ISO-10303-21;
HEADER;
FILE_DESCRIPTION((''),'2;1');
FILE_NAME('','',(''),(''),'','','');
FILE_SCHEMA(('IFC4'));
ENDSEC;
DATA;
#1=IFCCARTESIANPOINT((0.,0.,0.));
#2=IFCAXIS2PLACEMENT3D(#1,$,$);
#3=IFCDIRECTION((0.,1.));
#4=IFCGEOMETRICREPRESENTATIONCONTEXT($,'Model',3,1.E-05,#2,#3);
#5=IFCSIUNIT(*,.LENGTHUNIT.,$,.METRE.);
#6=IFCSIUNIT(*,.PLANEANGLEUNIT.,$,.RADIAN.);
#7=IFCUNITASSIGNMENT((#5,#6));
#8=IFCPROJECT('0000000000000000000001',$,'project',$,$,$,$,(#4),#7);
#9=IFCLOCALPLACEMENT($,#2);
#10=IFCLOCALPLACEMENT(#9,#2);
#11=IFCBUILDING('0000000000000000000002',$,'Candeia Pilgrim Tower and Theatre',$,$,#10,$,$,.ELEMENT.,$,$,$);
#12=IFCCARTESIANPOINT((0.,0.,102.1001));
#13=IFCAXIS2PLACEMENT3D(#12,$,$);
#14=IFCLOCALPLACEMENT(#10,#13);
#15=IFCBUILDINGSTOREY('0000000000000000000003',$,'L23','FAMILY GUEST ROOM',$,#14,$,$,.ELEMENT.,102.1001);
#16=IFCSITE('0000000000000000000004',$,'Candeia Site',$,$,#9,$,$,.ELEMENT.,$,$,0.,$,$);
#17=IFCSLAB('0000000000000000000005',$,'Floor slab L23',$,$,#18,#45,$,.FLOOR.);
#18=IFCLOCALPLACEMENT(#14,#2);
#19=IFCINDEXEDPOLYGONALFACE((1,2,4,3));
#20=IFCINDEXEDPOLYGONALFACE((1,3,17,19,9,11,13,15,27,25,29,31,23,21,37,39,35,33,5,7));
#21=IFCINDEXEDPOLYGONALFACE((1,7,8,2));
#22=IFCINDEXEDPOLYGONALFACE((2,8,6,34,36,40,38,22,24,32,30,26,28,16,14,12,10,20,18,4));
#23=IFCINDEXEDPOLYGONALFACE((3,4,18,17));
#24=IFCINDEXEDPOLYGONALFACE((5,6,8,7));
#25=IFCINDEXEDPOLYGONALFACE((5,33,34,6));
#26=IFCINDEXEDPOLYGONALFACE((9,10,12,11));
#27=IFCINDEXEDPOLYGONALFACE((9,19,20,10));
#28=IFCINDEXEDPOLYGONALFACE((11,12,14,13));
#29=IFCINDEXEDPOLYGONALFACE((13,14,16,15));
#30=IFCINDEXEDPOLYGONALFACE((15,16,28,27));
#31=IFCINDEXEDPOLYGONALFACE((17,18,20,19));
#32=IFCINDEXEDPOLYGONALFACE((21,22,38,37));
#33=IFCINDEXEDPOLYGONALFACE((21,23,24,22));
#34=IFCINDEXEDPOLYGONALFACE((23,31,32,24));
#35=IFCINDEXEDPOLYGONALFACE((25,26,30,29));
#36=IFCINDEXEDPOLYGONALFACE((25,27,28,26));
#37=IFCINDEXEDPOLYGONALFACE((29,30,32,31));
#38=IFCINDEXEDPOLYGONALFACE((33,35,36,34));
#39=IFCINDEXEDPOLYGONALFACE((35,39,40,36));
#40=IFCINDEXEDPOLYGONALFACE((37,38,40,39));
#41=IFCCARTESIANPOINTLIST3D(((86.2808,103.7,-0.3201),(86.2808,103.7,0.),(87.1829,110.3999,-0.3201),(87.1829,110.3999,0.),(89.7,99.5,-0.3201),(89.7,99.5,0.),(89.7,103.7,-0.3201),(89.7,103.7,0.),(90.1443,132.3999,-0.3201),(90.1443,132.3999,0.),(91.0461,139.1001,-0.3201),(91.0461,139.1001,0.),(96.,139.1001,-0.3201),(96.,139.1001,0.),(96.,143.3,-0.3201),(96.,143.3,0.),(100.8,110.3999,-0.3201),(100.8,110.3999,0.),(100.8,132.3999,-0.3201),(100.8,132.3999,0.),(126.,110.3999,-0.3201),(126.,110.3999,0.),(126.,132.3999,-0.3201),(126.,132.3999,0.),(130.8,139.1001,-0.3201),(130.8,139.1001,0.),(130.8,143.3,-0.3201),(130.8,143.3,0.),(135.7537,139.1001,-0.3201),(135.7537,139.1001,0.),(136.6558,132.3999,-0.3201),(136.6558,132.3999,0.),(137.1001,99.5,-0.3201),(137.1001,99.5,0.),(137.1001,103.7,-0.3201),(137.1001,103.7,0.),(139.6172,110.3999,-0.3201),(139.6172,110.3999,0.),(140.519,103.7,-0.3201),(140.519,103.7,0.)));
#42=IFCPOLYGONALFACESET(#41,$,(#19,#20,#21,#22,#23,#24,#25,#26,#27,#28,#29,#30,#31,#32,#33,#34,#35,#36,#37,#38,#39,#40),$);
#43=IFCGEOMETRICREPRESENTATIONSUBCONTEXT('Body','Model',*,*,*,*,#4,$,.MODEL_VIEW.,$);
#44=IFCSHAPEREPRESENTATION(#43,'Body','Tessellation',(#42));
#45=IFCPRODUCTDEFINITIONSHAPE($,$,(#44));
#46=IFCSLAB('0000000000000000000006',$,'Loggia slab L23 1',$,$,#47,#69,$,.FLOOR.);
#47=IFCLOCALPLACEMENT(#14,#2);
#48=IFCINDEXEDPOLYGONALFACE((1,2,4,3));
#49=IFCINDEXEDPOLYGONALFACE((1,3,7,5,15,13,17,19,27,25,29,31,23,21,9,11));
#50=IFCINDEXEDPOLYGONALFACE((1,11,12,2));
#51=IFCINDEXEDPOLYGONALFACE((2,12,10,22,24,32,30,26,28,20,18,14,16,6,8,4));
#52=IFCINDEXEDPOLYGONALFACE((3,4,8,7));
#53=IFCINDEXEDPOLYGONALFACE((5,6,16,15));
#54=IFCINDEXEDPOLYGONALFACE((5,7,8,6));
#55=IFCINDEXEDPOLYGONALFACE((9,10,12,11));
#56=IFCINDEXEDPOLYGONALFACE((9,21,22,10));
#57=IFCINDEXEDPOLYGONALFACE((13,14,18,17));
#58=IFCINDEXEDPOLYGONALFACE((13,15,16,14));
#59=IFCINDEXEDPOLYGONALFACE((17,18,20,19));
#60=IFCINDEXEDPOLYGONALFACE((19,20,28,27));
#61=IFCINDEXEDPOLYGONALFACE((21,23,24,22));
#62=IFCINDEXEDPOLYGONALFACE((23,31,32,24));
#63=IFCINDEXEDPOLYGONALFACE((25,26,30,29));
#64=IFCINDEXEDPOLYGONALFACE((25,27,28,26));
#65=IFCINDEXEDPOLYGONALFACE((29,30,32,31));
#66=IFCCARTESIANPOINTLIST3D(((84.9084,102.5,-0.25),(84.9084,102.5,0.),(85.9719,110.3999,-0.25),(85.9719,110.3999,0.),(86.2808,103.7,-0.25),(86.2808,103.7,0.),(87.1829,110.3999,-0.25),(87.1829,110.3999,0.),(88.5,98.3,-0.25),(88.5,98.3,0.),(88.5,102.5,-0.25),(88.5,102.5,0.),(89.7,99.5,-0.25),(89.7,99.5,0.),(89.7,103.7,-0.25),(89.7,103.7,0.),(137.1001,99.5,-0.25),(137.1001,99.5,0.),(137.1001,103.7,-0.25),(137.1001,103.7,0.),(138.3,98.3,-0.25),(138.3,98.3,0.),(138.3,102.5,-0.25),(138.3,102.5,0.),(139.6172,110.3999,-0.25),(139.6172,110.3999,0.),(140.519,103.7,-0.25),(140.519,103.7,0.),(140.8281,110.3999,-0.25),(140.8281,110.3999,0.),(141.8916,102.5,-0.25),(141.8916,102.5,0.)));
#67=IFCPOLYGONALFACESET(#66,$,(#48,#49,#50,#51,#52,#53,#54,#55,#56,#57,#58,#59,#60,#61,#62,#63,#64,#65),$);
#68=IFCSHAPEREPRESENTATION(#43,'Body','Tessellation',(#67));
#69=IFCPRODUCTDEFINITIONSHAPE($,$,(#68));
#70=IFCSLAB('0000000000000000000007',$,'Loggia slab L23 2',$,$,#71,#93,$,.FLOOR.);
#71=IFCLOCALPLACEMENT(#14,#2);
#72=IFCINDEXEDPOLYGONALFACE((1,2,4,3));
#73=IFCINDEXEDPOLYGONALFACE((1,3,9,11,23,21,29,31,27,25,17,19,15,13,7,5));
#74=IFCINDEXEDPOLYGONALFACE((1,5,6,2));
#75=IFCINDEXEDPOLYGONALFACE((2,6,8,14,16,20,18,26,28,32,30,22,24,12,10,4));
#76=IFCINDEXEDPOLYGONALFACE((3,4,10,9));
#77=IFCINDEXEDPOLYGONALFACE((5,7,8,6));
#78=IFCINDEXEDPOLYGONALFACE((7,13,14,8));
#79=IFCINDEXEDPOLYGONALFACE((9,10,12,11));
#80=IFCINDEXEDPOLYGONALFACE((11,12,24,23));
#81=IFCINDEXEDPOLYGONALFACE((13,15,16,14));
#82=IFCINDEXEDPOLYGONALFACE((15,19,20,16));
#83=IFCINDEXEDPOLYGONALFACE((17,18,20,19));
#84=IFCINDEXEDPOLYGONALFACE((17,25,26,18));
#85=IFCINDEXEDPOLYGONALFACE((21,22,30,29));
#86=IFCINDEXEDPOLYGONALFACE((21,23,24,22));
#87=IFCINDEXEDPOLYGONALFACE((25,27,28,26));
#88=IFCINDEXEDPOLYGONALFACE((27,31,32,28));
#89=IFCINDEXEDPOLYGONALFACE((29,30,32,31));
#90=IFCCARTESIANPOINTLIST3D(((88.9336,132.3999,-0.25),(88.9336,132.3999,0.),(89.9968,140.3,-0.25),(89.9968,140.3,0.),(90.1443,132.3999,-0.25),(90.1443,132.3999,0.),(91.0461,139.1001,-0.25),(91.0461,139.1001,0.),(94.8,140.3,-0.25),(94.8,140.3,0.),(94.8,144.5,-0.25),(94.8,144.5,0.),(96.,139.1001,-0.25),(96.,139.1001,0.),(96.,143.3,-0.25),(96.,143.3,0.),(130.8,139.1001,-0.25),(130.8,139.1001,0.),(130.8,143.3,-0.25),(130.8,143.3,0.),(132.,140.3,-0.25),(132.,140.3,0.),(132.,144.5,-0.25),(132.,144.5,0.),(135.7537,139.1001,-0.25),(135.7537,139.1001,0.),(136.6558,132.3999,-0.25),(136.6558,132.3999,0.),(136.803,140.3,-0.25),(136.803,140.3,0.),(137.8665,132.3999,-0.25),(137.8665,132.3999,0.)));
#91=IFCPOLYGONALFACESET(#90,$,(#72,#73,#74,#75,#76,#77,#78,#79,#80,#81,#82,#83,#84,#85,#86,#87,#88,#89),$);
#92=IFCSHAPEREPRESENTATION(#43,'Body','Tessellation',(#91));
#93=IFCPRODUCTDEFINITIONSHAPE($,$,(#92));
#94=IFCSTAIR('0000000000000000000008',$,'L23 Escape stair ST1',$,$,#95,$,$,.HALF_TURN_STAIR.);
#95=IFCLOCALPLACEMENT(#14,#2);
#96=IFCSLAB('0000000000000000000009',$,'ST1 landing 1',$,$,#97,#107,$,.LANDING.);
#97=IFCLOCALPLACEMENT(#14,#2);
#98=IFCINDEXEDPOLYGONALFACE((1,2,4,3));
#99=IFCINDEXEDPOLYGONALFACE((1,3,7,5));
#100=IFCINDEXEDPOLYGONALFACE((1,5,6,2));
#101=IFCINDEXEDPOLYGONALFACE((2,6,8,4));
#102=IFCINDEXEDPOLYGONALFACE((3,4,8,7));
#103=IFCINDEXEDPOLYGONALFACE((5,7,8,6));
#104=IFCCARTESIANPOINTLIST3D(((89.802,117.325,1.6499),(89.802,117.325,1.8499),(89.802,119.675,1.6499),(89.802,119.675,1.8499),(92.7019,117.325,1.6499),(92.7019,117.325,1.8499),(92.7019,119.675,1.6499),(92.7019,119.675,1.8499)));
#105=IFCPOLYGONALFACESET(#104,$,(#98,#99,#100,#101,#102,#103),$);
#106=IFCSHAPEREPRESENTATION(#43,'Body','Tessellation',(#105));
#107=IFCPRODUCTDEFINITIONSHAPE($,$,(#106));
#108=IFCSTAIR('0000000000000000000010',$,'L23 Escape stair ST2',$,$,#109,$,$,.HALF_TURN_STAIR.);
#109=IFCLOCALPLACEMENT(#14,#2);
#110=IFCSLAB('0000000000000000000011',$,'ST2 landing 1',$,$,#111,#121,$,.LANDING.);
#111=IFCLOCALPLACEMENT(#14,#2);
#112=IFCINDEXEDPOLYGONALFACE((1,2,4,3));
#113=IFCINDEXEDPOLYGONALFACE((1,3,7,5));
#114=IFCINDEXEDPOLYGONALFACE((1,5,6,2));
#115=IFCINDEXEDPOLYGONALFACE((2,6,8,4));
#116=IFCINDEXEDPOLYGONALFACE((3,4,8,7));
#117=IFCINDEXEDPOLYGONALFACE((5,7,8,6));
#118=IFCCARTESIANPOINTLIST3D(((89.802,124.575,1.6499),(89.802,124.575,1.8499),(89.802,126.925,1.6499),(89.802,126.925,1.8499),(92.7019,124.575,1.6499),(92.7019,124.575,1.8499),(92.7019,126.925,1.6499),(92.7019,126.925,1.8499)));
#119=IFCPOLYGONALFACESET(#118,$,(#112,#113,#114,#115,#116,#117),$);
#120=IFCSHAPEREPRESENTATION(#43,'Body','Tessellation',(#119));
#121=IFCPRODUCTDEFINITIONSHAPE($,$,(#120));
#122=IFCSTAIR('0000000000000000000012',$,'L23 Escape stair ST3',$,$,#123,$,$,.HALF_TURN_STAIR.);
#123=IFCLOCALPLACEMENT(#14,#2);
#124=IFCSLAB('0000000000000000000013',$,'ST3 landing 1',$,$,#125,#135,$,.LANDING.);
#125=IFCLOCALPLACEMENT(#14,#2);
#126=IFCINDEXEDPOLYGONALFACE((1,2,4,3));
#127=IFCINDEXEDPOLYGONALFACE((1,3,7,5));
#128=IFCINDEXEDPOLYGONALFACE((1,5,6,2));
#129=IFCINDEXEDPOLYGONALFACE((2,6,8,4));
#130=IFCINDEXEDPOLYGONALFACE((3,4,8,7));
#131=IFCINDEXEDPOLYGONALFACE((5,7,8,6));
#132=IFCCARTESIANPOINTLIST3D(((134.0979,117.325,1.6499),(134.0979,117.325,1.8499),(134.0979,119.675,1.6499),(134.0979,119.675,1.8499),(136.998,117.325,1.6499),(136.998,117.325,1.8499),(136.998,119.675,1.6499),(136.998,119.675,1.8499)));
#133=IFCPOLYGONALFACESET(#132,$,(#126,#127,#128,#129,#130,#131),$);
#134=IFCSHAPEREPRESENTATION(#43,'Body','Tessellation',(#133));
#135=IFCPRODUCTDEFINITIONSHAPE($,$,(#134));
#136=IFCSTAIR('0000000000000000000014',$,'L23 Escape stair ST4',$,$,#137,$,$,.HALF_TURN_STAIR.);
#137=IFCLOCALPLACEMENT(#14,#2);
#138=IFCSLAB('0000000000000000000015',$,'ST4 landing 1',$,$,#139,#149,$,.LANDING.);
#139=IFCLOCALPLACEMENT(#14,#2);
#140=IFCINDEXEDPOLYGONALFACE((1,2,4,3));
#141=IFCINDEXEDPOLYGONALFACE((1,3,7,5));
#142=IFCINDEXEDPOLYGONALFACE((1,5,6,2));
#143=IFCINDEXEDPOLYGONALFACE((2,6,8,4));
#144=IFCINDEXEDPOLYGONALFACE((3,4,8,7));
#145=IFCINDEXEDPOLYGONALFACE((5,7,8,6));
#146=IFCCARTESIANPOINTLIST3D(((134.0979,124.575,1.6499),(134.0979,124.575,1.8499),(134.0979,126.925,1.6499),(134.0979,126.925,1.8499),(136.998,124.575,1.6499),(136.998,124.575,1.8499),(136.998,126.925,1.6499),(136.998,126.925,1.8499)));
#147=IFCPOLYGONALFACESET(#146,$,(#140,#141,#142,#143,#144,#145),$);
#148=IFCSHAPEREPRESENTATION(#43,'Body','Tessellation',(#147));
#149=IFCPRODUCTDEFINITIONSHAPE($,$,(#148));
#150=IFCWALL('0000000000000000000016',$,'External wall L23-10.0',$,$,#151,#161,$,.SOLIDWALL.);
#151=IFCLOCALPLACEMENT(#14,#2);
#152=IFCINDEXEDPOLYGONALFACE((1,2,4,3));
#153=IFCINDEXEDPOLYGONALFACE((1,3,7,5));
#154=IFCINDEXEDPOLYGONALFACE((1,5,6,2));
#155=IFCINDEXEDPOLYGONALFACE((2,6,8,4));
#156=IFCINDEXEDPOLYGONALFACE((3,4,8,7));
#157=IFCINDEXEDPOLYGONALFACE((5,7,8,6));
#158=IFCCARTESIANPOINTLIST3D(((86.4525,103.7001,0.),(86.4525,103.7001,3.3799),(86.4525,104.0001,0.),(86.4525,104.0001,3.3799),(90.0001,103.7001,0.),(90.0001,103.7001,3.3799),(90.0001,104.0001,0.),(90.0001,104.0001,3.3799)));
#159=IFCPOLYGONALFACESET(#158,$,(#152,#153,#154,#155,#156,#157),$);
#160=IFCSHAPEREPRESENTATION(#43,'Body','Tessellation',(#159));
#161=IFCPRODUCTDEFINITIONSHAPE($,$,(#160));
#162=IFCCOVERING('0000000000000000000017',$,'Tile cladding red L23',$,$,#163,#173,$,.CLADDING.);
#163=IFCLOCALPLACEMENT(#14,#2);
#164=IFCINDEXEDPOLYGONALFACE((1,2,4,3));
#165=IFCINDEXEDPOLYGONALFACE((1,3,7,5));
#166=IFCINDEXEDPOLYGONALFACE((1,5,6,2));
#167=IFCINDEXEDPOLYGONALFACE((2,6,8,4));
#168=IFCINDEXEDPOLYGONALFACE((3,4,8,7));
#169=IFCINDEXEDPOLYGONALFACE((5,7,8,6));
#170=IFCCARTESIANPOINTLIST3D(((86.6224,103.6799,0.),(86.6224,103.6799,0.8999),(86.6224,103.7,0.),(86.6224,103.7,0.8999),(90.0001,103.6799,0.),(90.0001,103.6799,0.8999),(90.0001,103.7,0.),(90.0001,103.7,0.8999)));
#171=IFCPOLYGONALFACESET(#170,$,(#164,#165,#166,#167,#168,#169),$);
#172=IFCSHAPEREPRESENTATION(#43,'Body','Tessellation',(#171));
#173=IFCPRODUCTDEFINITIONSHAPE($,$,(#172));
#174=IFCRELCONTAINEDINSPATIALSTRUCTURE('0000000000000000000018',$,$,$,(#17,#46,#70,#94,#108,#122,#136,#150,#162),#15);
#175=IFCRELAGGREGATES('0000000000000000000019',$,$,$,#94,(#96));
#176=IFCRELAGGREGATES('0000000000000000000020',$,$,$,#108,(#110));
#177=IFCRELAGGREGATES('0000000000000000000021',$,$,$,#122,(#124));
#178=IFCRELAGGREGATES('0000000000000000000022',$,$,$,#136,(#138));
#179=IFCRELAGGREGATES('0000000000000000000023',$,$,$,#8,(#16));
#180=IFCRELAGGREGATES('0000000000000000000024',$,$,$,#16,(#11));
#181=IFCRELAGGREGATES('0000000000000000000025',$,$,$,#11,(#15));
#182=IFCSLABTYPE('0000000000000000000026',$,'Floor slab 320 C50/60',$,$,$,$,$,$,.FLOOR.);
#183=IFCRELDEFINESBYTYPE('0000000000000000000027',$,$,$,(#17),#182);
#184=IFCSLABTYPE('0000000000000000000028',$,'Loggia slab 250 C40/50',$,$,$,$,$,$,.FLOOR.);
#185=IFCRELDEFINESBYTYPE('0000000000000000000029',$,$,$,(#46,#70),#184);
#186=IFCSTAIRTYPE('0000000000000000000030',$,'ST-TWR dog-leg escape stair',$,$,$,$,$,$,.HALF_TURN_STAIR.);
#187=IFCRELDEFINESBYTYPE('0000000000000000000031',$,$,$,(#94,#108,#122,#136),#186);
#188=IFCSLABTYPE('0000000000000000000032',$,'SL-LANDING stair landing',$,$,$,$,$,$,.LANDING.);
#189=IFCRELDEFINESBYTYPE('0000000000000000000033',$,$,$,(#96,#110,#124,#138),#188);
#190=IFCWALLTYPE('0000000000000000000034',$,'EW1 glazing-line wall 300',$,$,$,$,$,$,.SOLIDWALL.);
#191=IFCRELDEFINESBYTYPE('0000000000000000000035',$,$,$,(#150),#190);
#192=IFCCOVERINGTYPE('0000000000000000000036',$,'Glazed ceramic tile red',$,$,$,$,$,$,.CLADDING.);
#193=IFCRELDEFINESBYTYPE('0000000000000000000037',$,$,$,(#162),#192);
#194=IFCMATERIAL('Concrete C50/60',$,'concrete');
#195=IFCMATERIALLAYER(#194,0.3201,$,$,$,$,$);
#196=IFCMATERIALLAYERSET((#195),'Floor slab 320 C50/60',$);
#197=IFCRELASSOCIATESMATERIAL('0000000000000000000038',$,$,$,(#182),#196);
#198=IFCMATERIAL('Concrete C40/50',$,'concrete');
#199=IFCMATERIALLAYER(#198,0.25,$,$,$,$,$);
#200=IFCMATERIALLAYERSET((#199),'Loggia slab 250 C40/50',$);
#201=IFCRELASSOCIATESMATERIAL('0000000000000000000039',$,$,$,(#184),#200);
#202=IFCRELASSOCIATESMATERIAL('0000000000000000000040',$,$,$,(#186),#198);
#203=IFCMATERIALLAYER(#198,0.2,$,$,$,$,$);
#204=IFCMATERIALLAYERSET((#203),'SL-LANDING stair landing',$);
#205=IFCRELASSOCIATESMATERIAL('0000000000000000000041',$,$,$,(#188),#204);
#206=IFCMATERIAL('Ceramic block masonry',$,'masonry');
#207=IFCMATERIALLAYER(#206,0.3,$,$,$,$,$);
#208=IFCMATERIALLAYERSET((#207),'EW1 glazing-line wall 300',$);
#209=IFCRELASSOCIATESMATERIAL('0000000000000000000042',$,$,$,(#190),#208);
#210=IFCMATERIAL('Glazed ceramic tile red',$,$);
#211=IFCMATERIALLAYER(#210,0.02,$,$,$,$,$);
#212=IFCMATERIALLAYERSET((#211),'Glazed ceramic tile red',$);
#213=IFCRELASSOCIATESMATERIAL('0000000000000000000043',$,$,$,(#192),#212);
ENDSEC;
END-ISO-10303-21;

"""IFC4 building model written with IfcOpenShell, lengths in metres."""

from ifc_helpers import new_model, si_unit, direction, frame, frame_2d, origin, origin_2d, place, context, subcontext, project, spatial, polyline, rectangle, outline, extrude, material, layer, layer_set, type_object, element, aggregate, save


model = new_model("IFC4")

# Units and contexts
model_context = context("Model", 3, precision=1e-05, world=origin(), true_north=direction((0.0, 1.0)))
body_context = subcontext(model_context, "Body", "Model", "MODEL_VIEW")
ifc_project = project(units=[si_unit("LENGTHUNIT", "METRE"), si_unit("PLANEANGLEUNIT", "RADIAN")], contexts=[model_context])

# Site, building, storey
site_placement = place(None, origin())
site = spatial("IfcSite", under=ifc_project, at=site_placement, Name="Candeia Site", CompositionType="ELEMENT", RefElevation=0.0)
building_placement = place(site_placement, origin())
building = spatial("IfcBuilding", under=site, at=building_placement, Name="Candeia Pilgrim Tower and Theatre", CompositionType="ELEMENT")
storey_placement = place(building_placement, frame((0.0, 0.0, 102.1001)))
storey = spatial("IfcBuildingStorey", under=building, at=storey_placement, Name="L23", Description="FAMILY GUEST ROOM", CompositionType="ELEMENT", Elevation=102.1001)

# Slabs
ifc_material_1 = material(Name="Concrete C40/50", Category="concrete")
ifc_material_2 = material(Name="Concrete C50/60", Category="concrete")
ifc_layer_1 = layer(ifc_material_2, 0.3201)
ifc_layer_set_1 = layer_set([ifc_layer_1], Name="Floor slab 320 C50/60")
slab_type_1 = type_object("IfcSlabType", Name="Floor slab 320 C50/60", PredefinedType="FLOOR", material=ifc_layer_set_1)
slab_1_placement = place(storey_placement, frame((0.0, 0.0, -0.3201)))
element("IfcSlab", 1, at=slab_1_placement, inside=storey, type_object=slab_type_1, Name="Floor slab L23", PredefinedType="FLOOR", context=body_context, shape_type="SweptSolid", body=[
    extrude(outline(polyline([(96.0, 139.1001), (96.0, 143.3), (130.8, 143.3), (130.8, 139.1001), (135.7537, 139.1001), (136.6558, 132.3999), (126.0, 132.3999), (126.0, 110.3999), (139.6172, 110.3999), (140.519, 103.7), (137.1001, 103.7), (137.1001, 99.5), (89.7, 99.5), (89.7, 103.7), (86.2808, 103.7), (87.1829, 110.3999), (100.8, 110.3999), (100.8, 132.3999), (90.1443, 132.3999), (91.0461, 139.1001), (96.0, 139.1001)])), origin(), (0.0, 0.0, 1.0), 0.3201),
])
ifc_layer_2 = layer(ifc_material_1, 0.25)
ifc_layer_set_2 = layer_set([ifc_layer_2], Name="Loggia slab 250 C40/50")
slab_type_2 = type_object("IfcSlabType", Name="Loggia slab 250 C40/50", PredefinedType="FLOOR", material=ifc_layer_set_2)
slab_2_placement = place(storey_placement, frame((0.0, 0.0, -0.25)))
element("IfcSlab", 2, at=slab_2_placement, inside=storey, type_object=slab_type_2, Name="Loggia slab L23 1", PredefinedType="FLOOR", context=body_context, shape_type="SweptSolid", body=[
    extrude(outline(polyline([(87.1829, 110.3999), (86.2808, 103.7), (89.7, 103.7), (89.7, 99.5), (137.1001, 99.5), (137.1001, 103.7), (140.519, 103.7), (139.6172, 110.3999), (140.8281, 110.3999), (141.8916, 102.5), (138.3, 102.5), (138.3, 98.3), (88.5, 98.3), (88.5, 102.5), (84.9084, 102.5), (85.9719, 110.3999), (87.1829, 110.3999)])), origin(), (0.0, 0.0, 1.0), 0.25),
])
slab_3_placement = place(storey_placement, frame((0.0, 0.0, -0.25)))
element("IfcSlab", 3, at=slab_3_placement, inside=storey, type_object=slab_type_2, Name="Loggia slab L23 2", PredefinedType="FLOOR", context=body_context, shape_type="SweptSolid", body=[
    extrude(outline(polyline([(136.6558, 132.3999), (135.7537, 139.1001), (130.8, 139.1001), (130.8, 143.3), (96.0, 143.3), (96.0, 139.1001), (91.0461, 139.1001), (90.1443, 132.3999), (88.9336, 132.3999), (89.9968, 140.3), (94.8, 140.3), (94.8, 144.5), (132.0, 144.5), (132.0, 140.3), (136.803, 140.3), (137.8665, 132.3999), (136.6558, 132.3999)])), origin(), (0.0, 0.0, 1.0), 0.25),
])

# Stairs, slabs
stair_type = type_object("IfcStairType", Name="ST-TWR dog-leg escape stair", PredefinedType="HALF_TURN_STAIR", material=ifc_material_1)
stair_1_placement = place(storey_placement, origin())
stair_1 = element("IfcStair", 4, at=stair_1_placement, inside=storey, type_object=stair_type, Name="L23 Escape stair ST1", PredefinedType="HALF_TURN_STAIR")
ifc_layer_3 = layer(ifc_material_1, 0.2)
ifc_layer_set_3 = layer_set([ifc_layer_3], Name="SL-LANDING stair landing")
slab_type_3 = type_object("IfcSlabType", Name="SL-LANDING stair landing", PredefinedType="LANDING", material=ifc_layer_set_3)
slab_4_placement = place(storey_placement, frame((0.0, 0.0, 1.6499)))
slab_4 = element("IfcSlab", 5, at=slab_4_placement, type_object=slab_type_3, Name="ST1 landing 1", PredefinedType="LANDING", context=body_context, shape_type="SweptSolid", body=[
    extrude(outline(polyline([(89.802, 119.675), (89.802, 117.325), (92.7019, 117.325), (92.7019, 119.675), (89.802, 119.675)])), origin(), (0.0, 0.0, 1.0), 0.2),
])
aggregate(stair_1, [slab_4])
stair_2_placement = place(storey_placement, origin())
stair_2 = element("IfcStair", 6, at=stair_2_placement, inside=storey, type_object=stair_type, Name="L23 Escape stair ST2", PredefinedType="HALF_TURN_STAIR")
slab_5_placement = place(storey_placement, frame((0.0, 0.0, 1.6499)))
slab_5 = element("IfcSlab", 7, at=slab_5_placement, type_object=slab_type_3, Name="ST2 landing 1", PredefinedType="LANDING", context=body_context, shape_type="SweptSolid", body=[
    extrude(outline(polyline([(89.802, 126.925), (89.802, 124.575), (92.7019, 124.575), (92.7019, 126.925), (89.802, 126.925)])), origin(), (0.0, 0.0, 1.0), 0.2),
])
aggregate(stair_2, [slab_5])
stair_3_placement = place(storey_placement, origin())
stair_3 = element("IfcStair", 8, at=stair_3_placement, inside=storey, type_object=stair_type, Name="L23 Escape stair ST3", PredefinedType="HALF_TURN_STAIR")
slab_6_placement = place(storey_placement, frame((0.0, 0.0, 1.6499)))
slab_6 = element("IfcSlab", 9, at=slab_6_placement, type_object=slab_type_3, Name="ST3 landing 1", PredefinedType="LANDING", context=body_context, shape_type="SweptSolid", body=[
    extrude(outline(polyline([(134.0979, 119.675), (134.0979, 117.325), (136.998, 117.325), (136.998, 119.675), (134.0979, 119.675)])), origin(), (0.0, 0.0, 1.0), 0.2),
])
aggregate(stair_3, [slab_6])
stair_4_placement = place(storey_placement, origin())
stair_4 = element("IfcStair", 10, at=stair_4_placement, inside=storey, type_object=stair_type, Name="L23 Escape stair ST4", PredefinedType="HALF_TURN_STAIR")
slab_7_placement = place(storey_placement, frame((0.0, 0.0, 1.6499)))
slab_7 = element("IfcSlab", 11, at=slab_7_placement, type_object=slab_type_3, Name="ST4 landing 1", PredefinedType="LANDING", context=body_context, shape_type="SweptSolid", body=[
    extrude(outline(polyline([(134.0979, 126.925), (134.0979, 124.575), (136.998, 124.575), (136.998, 126.925), (134.0979, 126.925)])), origin(), (0.0, 0.0, 1.0), 0.2),
])
aggregate(stair_4, [slab_7])

# Wall
ifc_material_3 = material(Name="Ceramic block masonry", Category="masonry")
ifc_layer_4 = layer(ifc_material_3, 0.3)
ifc_layer_set_4 = layer_set([ifc_layer_4], Name="EW1 glazing-line wall 300")
wall_type = type_object("IfcWallType", Name="EW1 glazing-line wall 300", PredefinedType="SOLIDWALL", material=ifc_layer_set_4)
wall_placement = place(storey_placement, frame((86.4524, 103.8501, 0.0), z_axis=(0.0, 0.0, 1.0), x_axis=(1.0, 0.0, 0.0)))
element("IfcWall", 12, at=wall_placement, inside=storey, type_object=wall_type, Name="External wall L23-10.0", PredefinedType="SOLIDWALL", context=body_context, shape_type="SweptSolid", body=[
    extrude(rectangle(XDim=3.5476, YDim=0.3, at=frame_2d((1.7739, 0.0))), origin(), (0.0, 0.0, 1.0), 3.3799),
])

# Covering
ifc_material_4 = material(Name="Glazed ceramic tile red")
ifc_layer_5 = layer(ifc_material_4, 0.02)
ifc_layer_set_5 = layer_set([ifc_layer_5], Name="Glazed ceramic tile red")
covering_type = type_object("IfcCoveringType", Name="Glazed ceramic tile red", PredefinedType="CLADDING", material=ifc_layer_set_5)
covering_placement = place(storey_placement, frame((88.3113, 103.6899, 0.0), z_axis=(0.0, 0.0, 1.0), x_axis=(1.0, 0.0, 0.0)))
element("IfcCovering", 13, at=covering_placement, inside=storey, type_object=covering_type, Name="Tile cladding red L23", PredefinedType="CLADDING", context=body_context, shape_type="SweptSolid", body=[
    extrude(rectangle(XDim=3.3777, YDim=0.02, at=origin_2d()), origin(), (0.0, 0.0, 1.0), 0.8999),
])

save(model, "model.ifc")
